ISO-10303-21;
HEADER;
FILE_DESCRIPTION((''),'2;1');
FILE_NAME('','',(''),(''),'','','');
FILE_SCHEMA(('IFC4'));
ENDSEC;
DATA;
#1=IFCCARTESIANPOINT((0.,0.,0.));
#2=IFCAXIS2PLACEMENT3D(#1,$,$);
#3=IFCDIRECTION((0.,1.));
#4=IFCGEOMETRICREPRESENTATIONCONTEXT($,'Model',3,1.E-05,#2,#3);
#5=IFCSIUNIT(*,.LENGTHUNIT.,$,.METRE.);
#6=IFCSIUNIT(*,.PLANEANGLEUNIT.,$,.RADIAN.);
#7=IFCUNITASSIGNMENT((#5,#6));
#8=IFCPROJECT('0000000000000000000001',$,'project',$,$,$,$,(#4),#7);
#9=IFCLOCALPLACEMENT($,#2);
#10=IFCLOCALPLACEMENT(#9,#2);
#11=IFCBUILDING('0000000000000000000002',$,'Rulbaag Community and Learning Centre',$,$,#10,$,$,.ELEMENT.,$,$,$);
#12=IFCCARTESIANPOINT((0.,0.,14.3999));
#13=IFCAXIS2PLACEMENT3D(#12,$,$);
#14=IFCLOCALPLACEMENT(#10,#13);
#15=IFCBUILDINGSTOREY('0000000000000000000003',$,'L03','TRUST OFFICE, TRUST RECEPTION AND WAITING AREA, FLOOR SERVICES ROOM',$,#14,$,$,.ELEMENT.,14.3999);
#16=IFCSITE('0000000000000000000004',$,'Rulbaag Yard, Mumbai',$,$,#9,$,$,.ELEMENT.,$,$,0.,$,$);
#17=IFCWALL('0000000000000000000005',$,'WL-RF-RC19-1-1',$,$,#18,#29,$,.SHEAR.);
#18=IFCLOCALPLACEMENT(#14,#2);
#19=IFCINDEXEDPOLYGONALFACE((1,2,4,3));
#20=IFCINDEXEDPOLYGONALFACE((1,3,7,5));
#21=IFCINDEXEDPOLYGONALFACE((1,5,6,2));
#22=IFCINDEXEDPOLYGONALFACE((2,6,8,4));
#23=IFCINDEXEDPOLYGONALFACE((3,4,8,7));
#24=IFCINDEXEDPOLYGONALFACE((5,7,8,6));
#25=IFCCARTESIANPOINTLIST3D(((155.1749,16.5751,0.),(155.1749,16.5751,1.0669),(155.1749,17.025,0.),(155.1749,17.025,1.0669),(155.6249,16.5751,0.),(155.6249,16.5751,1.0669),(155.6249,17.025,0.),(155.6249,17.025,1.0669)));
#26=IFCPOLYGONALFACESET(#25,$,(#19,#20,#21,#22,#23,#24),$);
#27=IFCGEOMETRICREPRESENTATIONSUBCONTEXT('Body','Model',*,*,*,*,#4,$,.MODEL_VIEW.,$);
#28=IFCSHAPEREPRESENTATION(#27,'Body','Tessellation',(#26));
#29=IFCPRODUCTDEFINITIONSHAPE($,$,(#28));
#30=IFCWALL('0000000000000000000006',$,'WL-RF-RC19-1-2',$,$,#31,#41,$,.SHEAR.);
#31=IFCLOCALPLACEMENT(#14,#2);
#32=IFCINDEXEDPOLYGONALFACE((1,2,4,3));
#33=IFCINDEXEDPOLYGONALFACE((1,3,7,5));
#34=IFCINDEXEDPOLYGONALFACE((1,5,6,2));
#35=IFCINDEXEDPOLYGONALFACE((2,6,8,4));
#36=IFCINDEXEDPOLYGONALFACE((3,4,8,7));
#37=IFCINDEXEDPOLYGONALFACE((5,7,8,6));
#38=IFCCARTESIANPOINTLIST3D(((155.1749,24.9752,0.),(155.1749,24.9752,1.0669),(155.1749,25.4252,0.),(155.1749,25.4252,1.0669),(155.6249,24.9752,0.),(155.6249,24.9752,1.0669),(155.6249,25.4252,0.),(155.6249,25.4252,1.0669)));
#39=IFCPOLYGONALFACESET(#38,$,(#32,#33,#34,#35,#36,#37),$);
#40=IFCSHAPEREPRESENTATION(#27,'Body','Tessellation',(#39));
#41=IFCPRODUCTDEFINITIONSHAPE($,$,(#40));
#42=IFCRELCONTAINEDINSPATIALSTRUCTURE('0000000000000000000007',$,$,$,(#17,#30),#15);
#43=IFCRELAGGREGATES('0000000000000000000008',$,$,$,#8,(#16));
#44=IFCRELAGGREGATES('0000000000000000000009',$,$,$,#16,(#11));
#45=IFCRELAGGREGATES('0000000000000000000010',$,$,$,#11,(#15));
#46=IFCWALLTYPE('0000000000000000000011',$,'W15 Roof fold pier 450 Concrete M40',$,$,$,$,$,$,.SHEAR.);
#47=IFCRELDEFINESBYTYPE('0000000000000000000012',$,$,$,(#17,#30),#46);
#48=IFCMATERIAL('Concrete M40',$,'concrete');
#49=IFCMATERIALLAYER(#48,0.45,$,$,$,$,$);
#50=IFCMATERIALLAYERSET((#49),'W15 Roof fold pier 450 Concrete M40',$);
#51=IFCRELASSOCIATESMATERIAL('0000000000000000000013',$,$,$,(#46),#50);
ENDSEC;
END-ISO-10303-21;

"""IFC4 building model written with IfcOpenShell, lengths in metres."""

from ifc_helpers import new_model, si_unit, direction, frame, frame_2d, origin, place, context, subcontext, project, spatial, rectangle, extrude, material, layer, layer_set, type_object, element, save


model = new_model("IFC4")

# Units and contexts
model_context = context("Model", 3, precision=1e-05, world=origin(), true_north=direction((0.0, 1.0)))
body_context = subcontext(model_context, "Body", "Model", "MODEL_VIEW")
ifc_project = project(units=[si_unit("LENGTHUNIT", "METRE"), si_unit("PLANEANGLEUNIT", "RADIAN")], contexts=[model_context])

# Site, building, storey
site_placement = place(None, origin())
site = spatial("IfcSite", under=ifc_project, at=site_placement, Name="Rulbaag Yard, Mumbai", CompositionType="ELEMENT", RefElevation=0.0)
building_placement = place(site_placement, origin())
building = spatial("IfcBuilding", under=site, at=building_placement, Name="Rulbaag Community and Learning Centre", CompositionType="ELEMENT")
storey_placement = place(building_placement, frame((0.0, 0.0, 14.3999)))
storey = spatial("IfcBuildingStorey", under=building, at=storey_placement, Name="L03", Description="TRUST OFFICE, TRUST RECEPTION AND WAITING AREA, FLOOR SERVICES ROOM", CompositionType="ELEMENT", Elevation=14.3999)

# Shared definitions
ifc_material = material(Name="Concrete M40", Category="concrete")

# Walls
ifc_layer_1 = layer(ifc_material, 0.45)
ifc_layer_set_1 = layer_set([ifc_layer_1], Name="W15 Roof fold pier 450 Concrete M40")
wall_type = type_object("IfcWallType", Name="W15 Roof fold pier 450 Concrete M40", PredefinedType="SHEAR", material=ifc_layer_set_1)
for number, where, z_axis, x_axis, name in (
    (1, (155.3999, 16.575, 0.0), (0.0, 0.0, 1.0), (0.0, 1.0, 0.0), "WL-RF-RC19-1-1"),
    (2, (155.3999, 24.9751, 0.0), (0.0, 0.0, 1.0), (0.0, 1.0, 0.0), "WL-RF-RC19-1-2"),
):
    element("IfcWall", number, at=place(storey_placement, frame(where, z_axis=z_axis, x_axis=x_axis)), inside=storey, type_object=wall_type, Name=name, PredefinedType="SHEAR", context=body_context, shape_type="SweptSolid", body=[
        extrude(rectangle(XDim=0.45, YDim=0.45, at=frame_2d((0.2251, 0.0))), origin(), (0.0, 0.0, 1.0), 1.0669),
    ])

save(model, "model.ifc")
